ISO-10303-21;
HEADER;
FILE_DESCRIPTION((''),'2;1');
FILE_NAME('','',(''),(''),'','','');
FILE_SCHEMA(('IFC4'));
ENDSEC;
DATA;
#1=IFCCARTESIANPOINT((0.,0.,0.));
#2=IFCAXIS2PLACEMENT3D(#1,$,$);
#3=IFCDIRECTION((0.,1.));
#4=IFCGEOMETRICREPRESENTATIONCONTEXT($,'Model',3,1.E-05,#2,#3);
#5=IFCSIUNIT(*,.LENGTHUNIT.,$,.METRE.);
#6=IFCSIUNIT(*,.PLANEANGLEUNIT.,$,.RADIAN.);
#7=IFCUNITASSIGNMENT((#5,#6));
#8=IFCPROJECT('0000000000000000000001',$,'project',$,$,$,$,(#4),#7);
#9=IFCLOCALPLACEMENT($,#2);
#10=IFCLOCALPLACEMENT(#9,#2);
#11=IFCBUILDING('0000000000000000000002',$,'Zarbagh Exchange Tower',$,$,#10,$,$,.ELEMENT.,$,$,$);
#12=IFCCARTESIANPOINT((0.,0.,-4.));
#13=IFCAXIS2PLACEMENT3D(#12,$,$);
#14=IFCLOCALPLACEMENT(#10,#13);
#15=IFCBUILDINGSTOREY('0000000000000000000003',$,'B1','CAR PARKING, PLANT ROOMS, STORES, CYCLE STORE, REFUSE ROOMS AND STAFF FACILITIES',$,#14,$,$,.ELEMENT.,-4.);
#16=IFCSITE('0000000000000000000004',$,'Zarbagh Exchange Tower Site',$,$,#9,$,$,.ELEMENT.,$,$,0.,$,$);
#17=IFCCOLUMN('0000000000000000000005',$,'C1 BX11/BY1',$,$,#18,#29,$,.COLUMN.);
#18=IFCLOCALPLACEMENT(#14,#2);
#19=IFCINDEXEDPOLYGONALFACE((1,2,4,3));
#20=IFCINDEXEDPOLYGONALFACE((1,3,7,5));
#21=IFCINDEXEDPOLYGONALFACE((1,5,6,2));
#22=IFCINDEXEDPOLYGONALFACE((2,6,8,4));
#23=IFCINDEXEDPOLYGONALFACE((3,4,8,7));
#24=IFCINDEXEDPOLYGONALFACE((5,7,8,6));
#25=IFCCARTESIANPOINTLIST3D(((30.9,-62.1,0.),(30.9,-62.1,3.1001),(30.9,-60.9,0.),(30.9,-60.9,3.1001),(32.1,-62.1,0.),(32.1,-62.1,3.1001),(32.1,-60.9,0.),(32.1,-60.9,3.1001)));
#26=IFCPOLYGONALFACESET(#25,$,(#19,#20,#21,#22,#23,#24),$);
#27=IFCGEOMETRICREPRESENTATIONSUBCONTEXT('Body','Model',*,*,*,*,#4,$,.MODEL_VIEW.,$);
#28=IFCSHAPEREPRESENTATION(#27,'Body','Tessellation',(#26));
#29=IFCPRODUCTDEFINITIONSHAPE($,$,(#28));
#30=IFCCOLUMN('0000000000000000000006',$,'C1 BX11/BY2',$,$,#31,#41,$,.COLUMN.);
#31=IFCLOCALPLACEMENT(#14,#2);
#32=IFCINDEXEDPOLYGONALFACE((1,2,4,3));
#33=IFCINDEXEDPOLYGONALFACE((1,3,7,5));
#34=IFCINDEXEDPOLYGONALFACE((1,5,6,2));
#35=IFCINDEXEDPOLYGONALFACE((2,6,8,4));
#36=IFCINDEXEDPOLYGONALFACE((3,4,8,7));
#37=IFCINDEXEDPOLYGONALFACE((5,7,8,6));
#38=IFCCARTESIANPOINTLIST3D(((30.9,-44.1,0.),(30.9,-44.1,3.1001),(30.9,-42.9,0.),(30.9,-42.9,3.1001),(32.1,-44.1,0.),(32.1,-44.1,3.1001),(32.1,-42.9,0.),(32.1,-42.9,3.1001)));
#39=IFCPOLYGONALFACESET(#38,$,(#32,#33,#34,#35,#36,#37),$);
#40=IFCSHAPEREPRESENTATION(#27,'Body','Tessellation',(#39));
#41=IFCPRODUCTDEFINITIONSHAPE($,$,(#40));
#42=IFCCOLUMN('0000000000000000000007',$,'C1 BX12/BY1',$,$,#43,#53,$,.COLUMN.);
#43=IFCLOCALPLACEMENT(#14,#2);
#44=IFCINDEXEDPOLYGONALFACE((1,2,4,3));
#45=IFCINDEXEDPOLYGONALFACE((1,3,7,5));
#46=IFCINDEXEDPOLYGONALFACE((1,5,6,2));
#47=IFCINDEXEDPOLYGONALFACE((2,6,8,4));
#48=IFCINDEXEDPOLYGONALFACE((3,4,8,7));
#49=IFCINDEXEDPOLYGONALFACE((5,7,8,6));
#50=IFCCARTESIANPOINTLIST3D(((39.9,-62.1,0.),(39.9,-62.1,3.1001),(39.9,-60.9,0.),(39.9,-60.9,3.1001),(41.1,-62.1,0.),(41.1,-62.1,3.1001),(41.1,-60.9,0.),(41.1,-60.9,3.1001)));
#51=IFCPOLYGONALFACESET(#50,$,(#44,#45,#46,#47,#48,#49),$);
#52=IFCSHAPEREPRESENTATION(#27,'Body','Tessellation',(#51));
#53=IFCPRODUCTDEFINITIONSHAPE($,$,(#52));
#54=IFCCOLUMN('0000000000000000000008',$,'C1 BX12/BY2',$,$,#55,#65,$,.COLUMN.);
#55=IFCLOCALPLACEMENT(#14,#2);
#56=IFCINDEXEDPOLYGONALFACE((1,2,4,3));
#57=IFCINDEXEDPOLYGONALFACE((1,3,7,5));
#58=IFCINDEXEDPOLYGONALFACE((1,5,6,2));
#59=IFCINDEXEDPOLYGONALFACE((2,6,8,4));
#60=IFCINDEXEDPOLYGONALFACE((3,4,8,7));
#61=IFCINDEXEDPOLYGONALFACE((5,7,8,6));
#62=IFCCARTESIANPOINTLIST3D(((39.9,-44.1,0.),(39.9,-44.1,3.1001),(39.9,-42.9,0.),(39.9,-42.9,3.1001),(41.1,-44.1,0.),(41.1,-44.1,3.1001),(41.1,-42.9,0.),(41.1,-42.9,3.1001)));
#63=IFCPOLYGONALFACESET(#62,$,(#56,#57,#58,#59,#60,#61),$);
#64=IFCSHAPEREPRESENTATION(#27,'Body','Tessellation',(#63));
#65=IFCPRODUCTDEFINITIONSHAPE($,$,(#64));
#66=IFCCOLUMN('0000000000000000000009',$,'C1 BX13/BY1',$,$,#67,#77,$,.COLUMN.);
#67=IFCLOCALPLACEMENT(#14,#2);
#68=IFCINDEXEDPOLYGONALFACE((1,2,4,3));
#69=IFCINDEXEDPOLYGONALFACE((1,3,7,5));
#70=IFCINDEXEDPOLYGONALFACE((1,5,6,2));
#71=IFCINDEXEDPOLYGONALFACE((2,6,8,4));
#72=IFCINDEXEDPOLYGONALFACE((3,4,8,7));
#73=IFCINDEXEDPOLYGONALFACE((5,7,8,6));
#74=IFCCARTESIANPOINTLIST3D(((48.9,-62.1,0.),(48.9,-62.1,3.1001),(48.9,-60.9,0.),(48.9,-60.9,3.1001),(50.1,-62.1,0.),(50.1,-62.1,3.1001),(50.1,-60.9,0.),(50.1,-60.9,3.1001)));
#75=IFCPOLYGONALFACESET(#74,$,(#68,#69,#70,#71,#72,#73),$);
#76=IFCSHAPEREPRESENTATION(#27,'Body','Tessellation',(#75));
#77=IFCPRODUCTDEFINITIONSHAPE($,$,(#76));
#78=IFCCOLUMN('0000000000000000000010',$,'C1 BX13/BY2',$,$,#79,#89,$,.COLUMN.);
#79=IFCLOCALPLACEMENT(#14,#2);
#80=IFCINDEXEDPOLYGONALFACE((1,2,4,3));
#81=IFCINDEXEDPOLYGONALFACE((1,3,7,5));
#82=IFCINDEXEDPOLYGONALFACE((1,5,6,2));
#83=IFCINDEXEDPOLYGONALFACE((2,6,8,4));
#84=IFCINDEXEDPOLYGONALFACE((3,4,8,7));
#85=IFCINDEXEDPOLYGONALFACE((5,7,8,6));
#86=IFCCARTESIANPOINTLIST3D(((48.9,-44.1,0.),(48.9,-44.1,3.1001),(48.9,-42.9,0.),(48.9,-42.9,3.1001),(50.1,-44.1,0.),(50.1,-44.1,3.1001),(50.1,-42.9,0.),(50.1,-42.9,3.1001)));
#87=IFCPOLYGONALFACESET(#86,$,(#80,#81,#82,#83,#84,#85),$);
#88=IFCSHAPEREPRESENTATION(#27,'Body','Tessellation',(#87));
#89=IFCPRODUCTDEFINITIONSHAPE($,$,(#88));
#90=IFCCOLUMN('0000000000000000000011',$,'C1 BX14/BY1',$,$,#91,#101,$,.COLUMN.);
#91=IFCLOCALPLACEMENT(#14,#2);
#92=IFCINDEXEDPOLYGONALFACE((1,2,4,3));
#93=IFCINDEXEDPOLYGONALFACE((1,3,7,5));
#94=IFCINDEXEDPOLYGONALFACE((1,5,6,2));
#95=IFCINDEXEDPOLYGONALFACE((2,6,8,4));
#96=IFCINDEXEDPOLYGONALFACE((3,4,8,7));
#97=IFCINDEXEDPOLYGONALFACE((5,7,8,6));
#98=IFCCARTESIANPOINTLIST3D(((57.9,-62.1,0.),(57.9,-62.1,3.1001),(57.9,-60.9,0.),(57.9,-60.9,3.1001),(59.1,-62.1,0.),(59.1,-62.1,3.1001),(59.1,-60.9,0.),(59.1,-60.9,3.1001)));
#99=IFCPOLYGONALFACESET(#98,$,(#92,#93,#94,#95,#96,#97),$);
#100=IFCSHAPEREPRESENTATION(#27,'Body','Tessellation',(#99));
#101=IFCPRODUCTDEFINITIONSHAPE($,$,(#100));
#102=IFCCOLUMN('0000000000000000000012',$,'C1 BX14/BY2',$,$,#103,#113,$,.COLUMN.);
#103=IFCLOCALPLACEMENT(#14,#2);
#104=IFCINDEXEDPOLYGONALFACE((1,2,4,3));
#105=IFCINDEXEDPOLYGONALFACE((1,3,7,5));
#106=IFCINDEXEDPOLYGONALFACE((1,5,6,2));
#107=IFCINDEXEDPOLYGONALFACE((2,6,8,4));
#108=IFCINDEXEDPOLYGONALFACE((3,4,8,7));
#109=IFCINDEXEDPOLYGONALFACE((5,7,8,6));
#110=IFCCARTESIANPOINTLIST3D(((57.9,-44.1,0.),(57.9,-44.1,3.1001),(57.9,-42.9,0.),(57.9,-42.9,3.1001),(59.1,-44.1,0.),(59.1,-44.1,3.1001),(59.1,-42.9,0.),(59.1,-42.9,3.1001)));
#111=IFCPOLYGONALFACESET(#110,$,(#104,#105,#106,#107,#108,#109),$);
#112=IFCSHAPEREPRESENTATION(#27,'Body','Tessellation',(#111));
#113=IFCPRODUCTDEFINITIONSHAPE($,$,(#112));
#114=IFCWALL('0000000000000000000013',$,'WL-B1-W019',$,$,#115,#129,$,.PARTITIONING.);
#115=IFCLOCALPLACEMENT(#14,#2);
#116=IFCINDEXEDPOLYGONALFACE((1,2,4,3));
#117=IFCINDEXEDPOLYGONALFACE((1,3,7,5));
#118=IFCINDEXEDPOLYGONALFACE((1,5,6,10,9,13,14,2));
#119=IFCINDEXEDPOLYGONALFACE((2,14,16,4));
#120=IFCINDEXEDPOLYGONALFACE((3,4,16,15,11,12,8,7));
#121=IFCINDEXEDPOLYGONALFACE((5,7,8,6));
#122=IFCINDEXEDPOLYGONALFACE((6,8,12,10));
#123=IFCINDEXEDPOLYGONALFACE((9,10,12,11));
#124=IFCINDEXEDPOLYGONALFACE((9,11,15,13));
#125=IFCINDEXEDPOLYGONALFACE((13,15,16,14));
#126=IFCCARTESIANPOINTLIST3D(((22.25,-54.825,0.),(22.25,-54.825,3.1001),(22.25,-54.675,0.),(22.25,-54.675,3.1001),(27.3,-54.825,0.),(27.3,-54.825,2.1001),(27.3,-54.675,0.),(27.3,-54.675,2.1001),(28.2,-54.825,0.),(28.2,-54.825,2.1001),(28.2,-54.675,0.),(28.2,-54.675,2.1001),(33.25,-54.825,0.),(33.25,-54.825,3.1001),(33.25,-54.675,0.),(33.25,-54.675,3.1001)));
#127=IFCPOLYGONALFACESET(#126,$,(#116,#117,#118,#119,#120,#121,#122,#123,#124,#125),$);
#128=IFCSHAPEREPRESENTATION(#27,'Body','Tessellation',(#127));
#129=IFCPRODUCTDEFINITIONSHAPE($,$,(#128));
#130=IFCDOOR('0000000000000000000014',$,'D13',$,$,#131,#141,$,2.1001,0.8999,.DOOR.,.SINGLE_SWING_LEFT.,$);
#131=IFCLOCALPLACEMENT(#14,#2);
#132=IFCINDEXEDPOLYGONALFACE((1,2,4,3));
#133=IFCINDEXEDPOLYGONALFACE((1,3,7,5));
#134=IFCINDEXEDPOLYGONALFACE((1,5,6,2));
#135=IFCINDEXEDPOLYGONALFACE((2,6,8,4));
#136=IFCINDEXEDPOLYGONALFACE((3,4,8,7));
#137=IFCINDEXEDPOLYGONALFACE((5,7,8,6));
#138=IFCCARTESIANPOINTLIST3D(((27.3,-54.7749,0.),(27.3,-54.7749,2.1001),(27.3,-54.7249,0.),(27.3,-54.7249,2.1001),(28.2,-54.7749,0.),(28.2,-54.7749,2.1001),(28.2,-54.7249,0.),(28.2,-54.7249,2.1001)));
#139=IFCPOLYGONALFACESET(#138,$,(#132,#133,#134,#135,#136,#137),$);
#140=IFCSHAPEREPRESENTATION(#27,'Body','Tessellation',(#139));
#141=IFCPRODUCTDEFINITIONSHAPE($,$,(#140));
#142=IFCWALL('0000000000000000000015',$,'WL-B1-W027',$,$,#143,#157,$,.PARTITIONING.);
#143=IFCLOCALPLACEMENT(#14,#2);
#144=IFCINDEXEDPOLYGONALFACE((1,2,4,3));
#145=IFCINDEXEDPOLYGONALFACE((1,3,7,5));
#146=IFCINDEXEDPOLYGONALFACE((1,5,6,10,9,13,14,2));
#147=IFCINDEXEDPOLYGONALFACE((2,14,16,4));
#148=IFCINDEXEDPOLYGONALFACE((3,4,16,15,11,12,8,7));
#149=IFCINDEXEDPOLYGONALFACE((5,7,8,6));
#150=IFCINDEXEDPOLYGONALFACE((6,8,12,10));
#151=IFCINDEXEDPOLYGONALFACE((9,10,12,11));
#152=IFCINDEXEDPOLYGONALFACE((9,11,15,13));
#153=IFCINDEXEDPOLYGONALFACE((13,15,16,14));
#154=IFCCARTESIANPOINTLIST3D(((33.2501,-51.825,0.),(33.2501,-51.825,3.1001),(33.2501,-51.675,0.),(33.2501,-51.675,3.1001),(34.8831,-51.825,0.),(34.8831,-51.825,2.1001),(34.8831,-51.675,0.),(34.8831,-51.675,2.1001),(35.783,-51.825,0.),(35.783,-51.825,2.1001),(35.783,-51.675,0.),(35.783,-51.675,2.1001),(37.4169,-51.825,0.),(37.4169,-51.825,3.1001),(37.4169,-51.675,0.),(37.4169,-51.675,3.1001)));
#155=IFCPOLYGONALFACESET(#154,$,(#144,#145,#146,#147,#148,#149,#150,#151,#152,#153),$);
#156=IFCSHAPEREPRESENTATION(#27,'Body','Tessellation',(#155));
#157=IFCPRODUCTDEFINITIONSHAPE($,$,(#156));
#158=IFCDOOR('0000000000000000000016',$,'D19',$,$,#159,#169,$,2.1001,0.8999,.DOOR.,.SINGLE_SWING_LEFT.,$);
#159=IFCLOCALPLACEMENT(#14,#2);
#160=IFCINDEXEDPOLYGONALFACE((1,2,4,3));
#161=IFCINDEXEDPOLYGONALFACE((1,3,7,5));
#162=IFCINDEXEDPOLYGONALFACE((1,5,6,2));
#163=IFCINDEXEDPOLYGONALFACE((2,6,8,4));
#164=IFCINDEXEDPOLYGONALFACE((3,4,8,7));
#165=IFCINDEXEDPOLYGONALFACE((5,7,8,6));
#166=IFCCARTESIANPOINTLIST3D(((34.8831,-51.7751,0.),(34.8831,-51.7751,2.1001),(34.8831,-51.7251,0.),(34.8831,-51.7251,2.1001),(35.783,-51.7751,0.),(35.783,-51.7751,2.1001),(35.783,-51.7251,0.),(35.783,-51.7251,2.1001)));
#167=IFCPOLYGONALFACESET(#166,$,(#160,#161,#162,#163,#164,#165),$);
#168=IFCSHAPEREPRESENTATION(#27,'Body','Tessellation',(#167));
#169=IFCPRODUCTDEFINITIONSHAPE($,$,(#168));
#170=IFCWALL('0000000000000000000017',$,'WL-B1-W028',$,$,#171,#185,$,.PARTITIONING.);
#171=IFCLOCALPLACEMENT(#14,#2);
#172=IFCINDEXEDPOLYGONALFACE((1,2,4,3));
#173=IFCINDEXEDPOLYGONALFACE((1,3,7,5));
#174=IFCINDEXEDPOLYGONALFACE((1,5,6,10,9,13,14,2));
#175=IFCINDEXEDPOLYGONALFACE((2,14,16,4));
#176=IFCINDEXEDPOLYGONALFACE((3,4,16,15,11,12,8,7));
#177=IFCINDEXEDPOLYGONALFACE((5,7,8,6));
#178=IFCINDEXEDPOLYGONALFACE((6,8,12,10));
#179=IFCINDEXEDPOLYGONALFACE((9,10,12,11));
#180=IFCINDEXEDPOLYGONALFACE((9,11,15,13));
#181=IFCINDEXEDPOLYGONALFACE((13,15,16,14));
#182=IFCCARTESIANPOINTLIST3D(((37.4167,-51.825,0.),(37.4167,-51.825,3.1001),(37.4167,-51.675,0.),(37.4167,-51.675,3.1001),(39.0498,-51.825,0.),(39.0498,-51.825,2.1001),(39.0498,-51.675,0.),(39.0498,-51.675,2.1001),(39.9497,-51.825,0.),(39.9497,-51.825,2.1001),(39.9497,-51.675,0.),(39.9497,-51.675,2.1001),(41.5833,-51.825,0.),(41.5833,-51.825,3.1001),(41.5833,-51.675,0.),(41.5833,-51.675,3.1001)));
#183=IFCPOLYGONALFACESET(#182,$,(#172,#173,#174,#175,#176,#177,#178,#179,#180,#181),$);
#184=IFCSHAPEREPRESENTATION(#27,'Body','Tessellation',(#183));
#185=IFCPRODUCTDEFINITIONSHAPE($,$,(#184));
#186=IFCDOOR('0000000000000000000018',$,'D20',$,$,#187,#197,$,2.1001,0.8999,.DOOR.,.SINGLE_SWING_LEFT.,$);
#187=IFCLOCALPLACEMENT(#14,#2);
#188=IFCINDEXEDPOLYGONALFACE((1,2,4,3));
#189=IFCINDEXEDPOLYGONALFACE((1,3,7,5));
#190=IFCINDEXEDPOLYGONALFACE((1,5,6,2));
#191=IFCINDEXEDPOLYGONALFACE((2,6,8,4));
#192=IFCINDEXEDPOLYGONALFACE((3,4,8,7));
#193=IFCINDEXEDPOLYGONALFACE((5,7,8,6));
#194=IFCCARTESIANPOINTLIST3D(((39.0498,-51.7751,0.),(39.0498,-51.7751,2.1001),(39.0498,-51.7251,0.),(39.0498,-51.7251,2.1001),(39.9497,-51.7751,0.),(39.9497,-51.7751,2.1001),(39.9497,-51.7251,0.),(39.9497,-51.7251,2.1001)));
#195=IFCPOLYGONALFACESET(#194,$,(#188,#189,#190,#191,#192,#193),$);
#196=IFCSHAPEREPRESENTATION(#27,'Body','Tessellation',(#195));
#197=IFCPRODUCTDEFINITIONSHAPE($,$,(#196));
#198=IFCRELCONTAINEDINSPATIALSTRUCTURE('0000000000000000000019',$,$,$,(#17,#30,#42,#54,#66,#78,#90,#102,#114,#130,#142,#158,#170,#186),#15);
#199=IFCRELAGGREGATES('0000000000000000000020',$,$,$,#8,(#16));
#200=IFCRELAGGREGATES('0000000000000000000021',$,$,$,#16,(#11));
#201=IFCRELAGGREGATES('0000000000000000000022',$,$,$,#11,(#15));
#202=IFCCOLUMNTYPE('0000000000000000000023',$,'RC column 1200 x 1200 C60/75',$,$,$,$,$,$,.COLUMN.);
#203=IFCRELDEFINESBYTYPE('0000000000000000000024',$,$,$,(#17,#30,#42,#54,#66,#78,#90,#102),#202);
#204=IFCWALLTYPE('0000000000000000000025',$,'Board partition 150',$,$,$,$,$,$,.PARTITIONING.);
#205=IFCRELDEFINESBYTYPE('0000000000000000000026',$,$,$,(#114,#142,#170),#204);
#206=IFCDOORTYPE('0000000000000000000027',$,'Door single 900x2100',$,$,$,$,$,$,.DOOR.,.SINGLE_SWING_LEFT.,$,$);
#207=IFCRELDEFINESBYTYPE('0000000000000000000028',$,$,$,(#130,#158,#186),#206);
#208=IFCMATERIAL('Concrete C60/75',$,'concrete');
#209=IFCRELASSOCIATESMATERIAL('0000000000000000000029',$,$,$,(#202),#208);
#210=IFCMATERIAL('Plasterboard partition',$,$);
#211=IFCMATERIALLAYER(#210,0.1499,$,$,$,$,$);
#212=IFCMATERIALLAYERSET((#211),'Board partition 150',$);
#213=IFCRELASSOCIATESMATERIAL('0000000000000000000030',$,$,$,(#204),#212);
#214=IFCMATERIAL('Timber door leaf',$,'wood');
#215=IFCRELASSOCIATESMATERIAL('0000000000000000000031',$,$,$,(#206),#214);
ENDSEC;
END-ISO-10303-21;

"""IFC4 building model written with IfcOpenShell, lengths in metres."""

from ifc_helpers import new_model, si_unit, direction, frame, frame_2d, origin, origin_2d, place, context, subcontext, project, spatial, rectangle, extrude, material, layer, layer_set, material_profile, profile_set, type_object, element, fill, save


model = new_model("IFC4")

# Units and contexts
model_context = context("Model", 3, precision=1e-05, world=origin(), true_north=direction((0.0, 1.0)))
body_context = subcontext(model_context, "Body", "Model", "MODEL_VIEW")
ifc_project = project(units=[si_unit("LENGTHUNIT", "METRE"), si_unit("PLANEANGLEUNIT", "RADIAN")], contexts=[model_context])

# Site, building, storey
site_placement = place(None, origin())
site = spatial("IfcSite", under=ifc_project, at=site_placement, Name="Zarbagh Exchange Tower Site", CompositionType="ELEMENT", RefElevation=0.0)
building_placement = place(site_placement, origin())
building = spatial("IfcBuilding", under=site, at=building_placement, Name="Zarbagh Exchange Tower", CompositionType="ELEMENT")
storey_placement = place(building_placement, frame((0.0, 0.0, -4.0)))
storey = spatial("IfcBuildingStorey", under=building, at=storey_placement, Name="B1", Description="CAR PARKING, PLANT ROOMS, STORES, CYCLE STORE, REFUSE ROOMS AND STAFF FACILITIES", CompositionType="ELEMENT", Elevation=-4.0)

# Columns
ifc_material_1 = material(Name="Concrete C60/75", Category="concrete")
ifc_material_profile = material_profile(ifc_material_1, rectangle(XDim=1.2, YDim=1.2, at=origin_2d()), Name="RC column 1200 x 1200 C60/75")
ifc_profile_set = profile_set([ifc_material_profile], Name="Concrete C60/75")
column_type = type_object("IfcColumnType", Name="RC column 1200 x 1200 C60/75", PredefinedType="COLUMN", material=ifc_profile_set)
for number, where, z_axis, x_axis, name in (
    (1, (31.5, -61.5, 0.0), (0.0, 0.0, 1.0), (1.0, 0.0, 0.0), "C1 BX11/BY1"),
    (2, (31.5, -43.5, 0.0), (0.0, 0.0, 1.0), (1.0, 0.0, 0.0), "C1 BX11/BY2"),
    (3, (40.5, -61.5, 0.0), (0.0, 0.0, 1.0), (1.0, 0.0, 0.0), "C1 BX12/BY1"),
    (4, (40.5, -43.5, 0.0), (0.0, 0.0, 1.0), (1.0, 0.0, 0.0), "C1 BX12/BY2"),
    (5, (49.5, -61.5, 0.0), (0.0, 0.0, 1.0), (1.0, 0.0, 0.0), "C1 BX13/BY1"),
    (6, (49.5, -43.5, 0.0), (0.0, 0.0, 1.0), (1.0, 0.0, 0.0), "C1 BX13/BY2"),
    (7, (58.5, -61.5, 0.0), (0.0, 0.0, 1.0), (1.0, 0.0, 0.0), "C1 BX14/BY1"),
    (8, (58.5, -43.5, 0.0), (0.0, 0.0, 1.0), (1.0, 0.0, 0.0), "C1 BX14/BY2"),
):
    element("IfcColumn", number, at=place(storey_placement, frame(where, z_axis=z_axis, x_axis=x_axis)), inside=storey, type_object=column_type, Name=name, PredefinedType="COLUMN", context=body_context, shape_type="SweptSolid", body=[
        extrude(rectangle(XDim=1.2, YDim=1.2, at=origin_2d()), origin(), (0.0, 0.0, 1.0), 3.1001),
    ])

# Walls, openings, doors
ifc_material_2 = material(Name="Plasterboard partition")
ifc_layer_1 = layer(ifc_material_2, 0.1499)
ifc_layer_set_1 = layer_set([ifc_layer_1], Name="Board partition 150")
wall_type_1 = type_object("IfcWallType", Name="Board partition 150", PredefinedType="PARTITIONING", material=ifc_layer_set_1)
wall_1_placement = place(storey_placement, frame((33.25, -54.75, 0.0), z_axis=(0.0, 0.0, 1.0), x_axis=(-1.0, 0.0, 0.0)))
wall_1 = element("IfcWall", 9, at=wall_1_placement, inside=storey, type_object=wall_type_1, Name="WL-B1-W019", PredefinedType="PARTITIONING", context=body_context, shape_type="SweptSolid", body=[
    extrude(rectangle(XDim=11.0, YDim=0.1499, at=frame_2d((5.5, 0.0))), origin(), (0.0, 0.0, 1.0), 3.1001),
])
opening_1_placement = place(wall_1_placement, frame((5.05, 0.0, 0.0)))
opening_1 = element("IfcOpeningElement", 10, at=opening_1_placement, cuts=wall_1, PredefinedType="OPENING", context=body_context, shape_type="SweptSolid", body=[
    extrude(rectangle(XDim=0.8999, YDim=2.1001, at=frame_2d((0.45, 1.05))), frame((0.0, 0.085, 0.0), z_axis=(0.0, -1.0, 0.0), x_axis=(1.0, 0.0, 0.0)), (0.0, 0.0, 1.0), 0.1699),
])
ifc_material_3 = material(Name="Timber door leaf", Category="wood")
door_type_1 = type_object("IfcDoorType", Name="Door single 900x2100", OperationType="SINGLE_SWING_LEFT", PredefinedType="DOOR", material=ifc_material_3)
door_1_placement = place(opening_1_placement, origin())
door_1 = element("IfcDoor", 11, at=door_1_placement, inside=storey, type_object=door_type_1, Name="D13", OperationType="SINGLE_SWING_LEFT", OverallHeight=2.1001, OverallWidth=0.8999, PredefinedType="DOOR", context=body_context, shape_type="SweptSolid", body=[
    extrude(rectangle(XDim=0.8999, YDim=2.1001, at=frame_2d((0.45, 1.05))), frame((0.0, 0.0249, 0.0), z_axis=(0.0, -1.0, 0.0), x_axis=(1.0, 0.0, 0.0)), (0.0, 0.0, 1.0), 0.05),
])
fill(opening_1, door_1)
wall_2_placement = place(storey_placement, frame((33.25, -51.75, 0.0), z_axis=(0.0, 0.0, 1.0), x_axis=(1.0, 0.0, 0.0)))
wall_2 = element("IfcWall", 12, at=wall_2_placement, inside=storey, type_object=wall_type_1, Name="WL-B1-W027", PredefinedType="PARTITIONING", context=body_context, shape_type="SweptSolid", body=[
    extrude(rectangle(XDim=4.1667, YDim=0.1499, at=frame_2d((2.0835, 0.0))), origin(), (0.0, 0.0, 1.0), 3.1001),
])
opening_2_placement = place(wall_2_placement, frame((1.6331, 0.0, 0.0)))
opening_2 = element("IfcOpeningElement", 13, at=opening_2_placement, cuts=wall_2, PredefinedType="OPENING", context=body_context, shape_type="SweptSolid", body=[
    extrude(rectangle(XDim=0.8999, YDim=2.1001, at=frame_2d((0.45, 1.05))), frame((0.0, 0.085, 0.0), z_axis=(0.0, -1.0, 0.0), x_axis=(1.0, 0.0, 0.0)), (0.0, 0.0, 1.0), 0.1699),
])
door_2_placement = place(opening_2_placement, origin())
door_2 = element("IfcDoor", 14, at=door_2_placement, inside=storey, type_object=door_type_1, Name="D19", OperationType="SINGLE_SWING_LEFT", OverallHeight=2.1001, OverallWidth=0.8999, PredefinedType="DOOR", context=body_context, shape_type="SweptSolid", body=[
    extrude(rectangle(XDim=0.8999, YDim=2.1001, at=frame_2d((0.45, 1.05))), frame((0.0, 0.0249, 0.0), z_axis=(0.0, -1.0, 0.0), x_axis=(1.0, 0.0, 0.0)), (0.0, 0.0, 1.0), 0.05),
])
fill(opening_2, door_2)
wall_3_placement = place(storey_placement, frame((37.4167, -51.75, 0.0), z_axis=(0.0, 0.0, 1.0), x_axis=(1.0, 0.0, 0.0)))
wall_3 = element("IfcWall", 15, at=wall_3_placement, inside=storey, type_object=wall_type_1, Name="WL-B1-W028", PredefinedType="PARTITIONING", context=body_context, shape_type="SweptSolid", body=[
    extrude(rectangle(XDim=4.1665, YDim=0.1499, at=frame_2d((2.0833, 0.0))), origin(), (0.0, 0.0, 1.0), 3.1001),
])
opening_3_placement = place(wall_3_placement, frame((1.6331, 0.0, 0.0)))
opening_3 = element("IfcOpeningElement", 16, at=opening_3_placement, cuts=wall_3, PredefinedType="OPENING", context=body_context, shape_type="SweptSolid", body=[
    extrude(rectangle(XDim=0.8999, YDim=2.1001, at=frame_2d((0.45, 1.05))), frame((0.0, 0.085, 0.0), z_axis=(0.0, -1.0, 0.0), x_axis=(1.0, 0.0, 0.0)), (0.0, 0.0, 1.0), 0.1699),
])
door_3_placement = place(opening_3_placement, origin())
door_3 = element("IfcDoor", 17, at=door_3_placement, inside=storey, type_object=door_type_1, Name="D20", OperationType="SINGLE_SWING_LEFT", OverallHeight=2.1001, OverallWidth=0.8999, PredefinedType="DOOR", context=body_context, shape_type="SweptSolid", body=[
    extrude(rectangle(XDim=0.8999, YDim=2.1001, at=frame_2d((0.45, 1.05))), frame((0.0, 0.0249, 0.0), z_axis=(0.0, -1.0, 0.0), x_axis=(1.0, 0.0, 0.0)), (0.0, 0.0, 1.0), 0.05),
])
fill(opening_3, door_3)

save(model, "model.ifc")
